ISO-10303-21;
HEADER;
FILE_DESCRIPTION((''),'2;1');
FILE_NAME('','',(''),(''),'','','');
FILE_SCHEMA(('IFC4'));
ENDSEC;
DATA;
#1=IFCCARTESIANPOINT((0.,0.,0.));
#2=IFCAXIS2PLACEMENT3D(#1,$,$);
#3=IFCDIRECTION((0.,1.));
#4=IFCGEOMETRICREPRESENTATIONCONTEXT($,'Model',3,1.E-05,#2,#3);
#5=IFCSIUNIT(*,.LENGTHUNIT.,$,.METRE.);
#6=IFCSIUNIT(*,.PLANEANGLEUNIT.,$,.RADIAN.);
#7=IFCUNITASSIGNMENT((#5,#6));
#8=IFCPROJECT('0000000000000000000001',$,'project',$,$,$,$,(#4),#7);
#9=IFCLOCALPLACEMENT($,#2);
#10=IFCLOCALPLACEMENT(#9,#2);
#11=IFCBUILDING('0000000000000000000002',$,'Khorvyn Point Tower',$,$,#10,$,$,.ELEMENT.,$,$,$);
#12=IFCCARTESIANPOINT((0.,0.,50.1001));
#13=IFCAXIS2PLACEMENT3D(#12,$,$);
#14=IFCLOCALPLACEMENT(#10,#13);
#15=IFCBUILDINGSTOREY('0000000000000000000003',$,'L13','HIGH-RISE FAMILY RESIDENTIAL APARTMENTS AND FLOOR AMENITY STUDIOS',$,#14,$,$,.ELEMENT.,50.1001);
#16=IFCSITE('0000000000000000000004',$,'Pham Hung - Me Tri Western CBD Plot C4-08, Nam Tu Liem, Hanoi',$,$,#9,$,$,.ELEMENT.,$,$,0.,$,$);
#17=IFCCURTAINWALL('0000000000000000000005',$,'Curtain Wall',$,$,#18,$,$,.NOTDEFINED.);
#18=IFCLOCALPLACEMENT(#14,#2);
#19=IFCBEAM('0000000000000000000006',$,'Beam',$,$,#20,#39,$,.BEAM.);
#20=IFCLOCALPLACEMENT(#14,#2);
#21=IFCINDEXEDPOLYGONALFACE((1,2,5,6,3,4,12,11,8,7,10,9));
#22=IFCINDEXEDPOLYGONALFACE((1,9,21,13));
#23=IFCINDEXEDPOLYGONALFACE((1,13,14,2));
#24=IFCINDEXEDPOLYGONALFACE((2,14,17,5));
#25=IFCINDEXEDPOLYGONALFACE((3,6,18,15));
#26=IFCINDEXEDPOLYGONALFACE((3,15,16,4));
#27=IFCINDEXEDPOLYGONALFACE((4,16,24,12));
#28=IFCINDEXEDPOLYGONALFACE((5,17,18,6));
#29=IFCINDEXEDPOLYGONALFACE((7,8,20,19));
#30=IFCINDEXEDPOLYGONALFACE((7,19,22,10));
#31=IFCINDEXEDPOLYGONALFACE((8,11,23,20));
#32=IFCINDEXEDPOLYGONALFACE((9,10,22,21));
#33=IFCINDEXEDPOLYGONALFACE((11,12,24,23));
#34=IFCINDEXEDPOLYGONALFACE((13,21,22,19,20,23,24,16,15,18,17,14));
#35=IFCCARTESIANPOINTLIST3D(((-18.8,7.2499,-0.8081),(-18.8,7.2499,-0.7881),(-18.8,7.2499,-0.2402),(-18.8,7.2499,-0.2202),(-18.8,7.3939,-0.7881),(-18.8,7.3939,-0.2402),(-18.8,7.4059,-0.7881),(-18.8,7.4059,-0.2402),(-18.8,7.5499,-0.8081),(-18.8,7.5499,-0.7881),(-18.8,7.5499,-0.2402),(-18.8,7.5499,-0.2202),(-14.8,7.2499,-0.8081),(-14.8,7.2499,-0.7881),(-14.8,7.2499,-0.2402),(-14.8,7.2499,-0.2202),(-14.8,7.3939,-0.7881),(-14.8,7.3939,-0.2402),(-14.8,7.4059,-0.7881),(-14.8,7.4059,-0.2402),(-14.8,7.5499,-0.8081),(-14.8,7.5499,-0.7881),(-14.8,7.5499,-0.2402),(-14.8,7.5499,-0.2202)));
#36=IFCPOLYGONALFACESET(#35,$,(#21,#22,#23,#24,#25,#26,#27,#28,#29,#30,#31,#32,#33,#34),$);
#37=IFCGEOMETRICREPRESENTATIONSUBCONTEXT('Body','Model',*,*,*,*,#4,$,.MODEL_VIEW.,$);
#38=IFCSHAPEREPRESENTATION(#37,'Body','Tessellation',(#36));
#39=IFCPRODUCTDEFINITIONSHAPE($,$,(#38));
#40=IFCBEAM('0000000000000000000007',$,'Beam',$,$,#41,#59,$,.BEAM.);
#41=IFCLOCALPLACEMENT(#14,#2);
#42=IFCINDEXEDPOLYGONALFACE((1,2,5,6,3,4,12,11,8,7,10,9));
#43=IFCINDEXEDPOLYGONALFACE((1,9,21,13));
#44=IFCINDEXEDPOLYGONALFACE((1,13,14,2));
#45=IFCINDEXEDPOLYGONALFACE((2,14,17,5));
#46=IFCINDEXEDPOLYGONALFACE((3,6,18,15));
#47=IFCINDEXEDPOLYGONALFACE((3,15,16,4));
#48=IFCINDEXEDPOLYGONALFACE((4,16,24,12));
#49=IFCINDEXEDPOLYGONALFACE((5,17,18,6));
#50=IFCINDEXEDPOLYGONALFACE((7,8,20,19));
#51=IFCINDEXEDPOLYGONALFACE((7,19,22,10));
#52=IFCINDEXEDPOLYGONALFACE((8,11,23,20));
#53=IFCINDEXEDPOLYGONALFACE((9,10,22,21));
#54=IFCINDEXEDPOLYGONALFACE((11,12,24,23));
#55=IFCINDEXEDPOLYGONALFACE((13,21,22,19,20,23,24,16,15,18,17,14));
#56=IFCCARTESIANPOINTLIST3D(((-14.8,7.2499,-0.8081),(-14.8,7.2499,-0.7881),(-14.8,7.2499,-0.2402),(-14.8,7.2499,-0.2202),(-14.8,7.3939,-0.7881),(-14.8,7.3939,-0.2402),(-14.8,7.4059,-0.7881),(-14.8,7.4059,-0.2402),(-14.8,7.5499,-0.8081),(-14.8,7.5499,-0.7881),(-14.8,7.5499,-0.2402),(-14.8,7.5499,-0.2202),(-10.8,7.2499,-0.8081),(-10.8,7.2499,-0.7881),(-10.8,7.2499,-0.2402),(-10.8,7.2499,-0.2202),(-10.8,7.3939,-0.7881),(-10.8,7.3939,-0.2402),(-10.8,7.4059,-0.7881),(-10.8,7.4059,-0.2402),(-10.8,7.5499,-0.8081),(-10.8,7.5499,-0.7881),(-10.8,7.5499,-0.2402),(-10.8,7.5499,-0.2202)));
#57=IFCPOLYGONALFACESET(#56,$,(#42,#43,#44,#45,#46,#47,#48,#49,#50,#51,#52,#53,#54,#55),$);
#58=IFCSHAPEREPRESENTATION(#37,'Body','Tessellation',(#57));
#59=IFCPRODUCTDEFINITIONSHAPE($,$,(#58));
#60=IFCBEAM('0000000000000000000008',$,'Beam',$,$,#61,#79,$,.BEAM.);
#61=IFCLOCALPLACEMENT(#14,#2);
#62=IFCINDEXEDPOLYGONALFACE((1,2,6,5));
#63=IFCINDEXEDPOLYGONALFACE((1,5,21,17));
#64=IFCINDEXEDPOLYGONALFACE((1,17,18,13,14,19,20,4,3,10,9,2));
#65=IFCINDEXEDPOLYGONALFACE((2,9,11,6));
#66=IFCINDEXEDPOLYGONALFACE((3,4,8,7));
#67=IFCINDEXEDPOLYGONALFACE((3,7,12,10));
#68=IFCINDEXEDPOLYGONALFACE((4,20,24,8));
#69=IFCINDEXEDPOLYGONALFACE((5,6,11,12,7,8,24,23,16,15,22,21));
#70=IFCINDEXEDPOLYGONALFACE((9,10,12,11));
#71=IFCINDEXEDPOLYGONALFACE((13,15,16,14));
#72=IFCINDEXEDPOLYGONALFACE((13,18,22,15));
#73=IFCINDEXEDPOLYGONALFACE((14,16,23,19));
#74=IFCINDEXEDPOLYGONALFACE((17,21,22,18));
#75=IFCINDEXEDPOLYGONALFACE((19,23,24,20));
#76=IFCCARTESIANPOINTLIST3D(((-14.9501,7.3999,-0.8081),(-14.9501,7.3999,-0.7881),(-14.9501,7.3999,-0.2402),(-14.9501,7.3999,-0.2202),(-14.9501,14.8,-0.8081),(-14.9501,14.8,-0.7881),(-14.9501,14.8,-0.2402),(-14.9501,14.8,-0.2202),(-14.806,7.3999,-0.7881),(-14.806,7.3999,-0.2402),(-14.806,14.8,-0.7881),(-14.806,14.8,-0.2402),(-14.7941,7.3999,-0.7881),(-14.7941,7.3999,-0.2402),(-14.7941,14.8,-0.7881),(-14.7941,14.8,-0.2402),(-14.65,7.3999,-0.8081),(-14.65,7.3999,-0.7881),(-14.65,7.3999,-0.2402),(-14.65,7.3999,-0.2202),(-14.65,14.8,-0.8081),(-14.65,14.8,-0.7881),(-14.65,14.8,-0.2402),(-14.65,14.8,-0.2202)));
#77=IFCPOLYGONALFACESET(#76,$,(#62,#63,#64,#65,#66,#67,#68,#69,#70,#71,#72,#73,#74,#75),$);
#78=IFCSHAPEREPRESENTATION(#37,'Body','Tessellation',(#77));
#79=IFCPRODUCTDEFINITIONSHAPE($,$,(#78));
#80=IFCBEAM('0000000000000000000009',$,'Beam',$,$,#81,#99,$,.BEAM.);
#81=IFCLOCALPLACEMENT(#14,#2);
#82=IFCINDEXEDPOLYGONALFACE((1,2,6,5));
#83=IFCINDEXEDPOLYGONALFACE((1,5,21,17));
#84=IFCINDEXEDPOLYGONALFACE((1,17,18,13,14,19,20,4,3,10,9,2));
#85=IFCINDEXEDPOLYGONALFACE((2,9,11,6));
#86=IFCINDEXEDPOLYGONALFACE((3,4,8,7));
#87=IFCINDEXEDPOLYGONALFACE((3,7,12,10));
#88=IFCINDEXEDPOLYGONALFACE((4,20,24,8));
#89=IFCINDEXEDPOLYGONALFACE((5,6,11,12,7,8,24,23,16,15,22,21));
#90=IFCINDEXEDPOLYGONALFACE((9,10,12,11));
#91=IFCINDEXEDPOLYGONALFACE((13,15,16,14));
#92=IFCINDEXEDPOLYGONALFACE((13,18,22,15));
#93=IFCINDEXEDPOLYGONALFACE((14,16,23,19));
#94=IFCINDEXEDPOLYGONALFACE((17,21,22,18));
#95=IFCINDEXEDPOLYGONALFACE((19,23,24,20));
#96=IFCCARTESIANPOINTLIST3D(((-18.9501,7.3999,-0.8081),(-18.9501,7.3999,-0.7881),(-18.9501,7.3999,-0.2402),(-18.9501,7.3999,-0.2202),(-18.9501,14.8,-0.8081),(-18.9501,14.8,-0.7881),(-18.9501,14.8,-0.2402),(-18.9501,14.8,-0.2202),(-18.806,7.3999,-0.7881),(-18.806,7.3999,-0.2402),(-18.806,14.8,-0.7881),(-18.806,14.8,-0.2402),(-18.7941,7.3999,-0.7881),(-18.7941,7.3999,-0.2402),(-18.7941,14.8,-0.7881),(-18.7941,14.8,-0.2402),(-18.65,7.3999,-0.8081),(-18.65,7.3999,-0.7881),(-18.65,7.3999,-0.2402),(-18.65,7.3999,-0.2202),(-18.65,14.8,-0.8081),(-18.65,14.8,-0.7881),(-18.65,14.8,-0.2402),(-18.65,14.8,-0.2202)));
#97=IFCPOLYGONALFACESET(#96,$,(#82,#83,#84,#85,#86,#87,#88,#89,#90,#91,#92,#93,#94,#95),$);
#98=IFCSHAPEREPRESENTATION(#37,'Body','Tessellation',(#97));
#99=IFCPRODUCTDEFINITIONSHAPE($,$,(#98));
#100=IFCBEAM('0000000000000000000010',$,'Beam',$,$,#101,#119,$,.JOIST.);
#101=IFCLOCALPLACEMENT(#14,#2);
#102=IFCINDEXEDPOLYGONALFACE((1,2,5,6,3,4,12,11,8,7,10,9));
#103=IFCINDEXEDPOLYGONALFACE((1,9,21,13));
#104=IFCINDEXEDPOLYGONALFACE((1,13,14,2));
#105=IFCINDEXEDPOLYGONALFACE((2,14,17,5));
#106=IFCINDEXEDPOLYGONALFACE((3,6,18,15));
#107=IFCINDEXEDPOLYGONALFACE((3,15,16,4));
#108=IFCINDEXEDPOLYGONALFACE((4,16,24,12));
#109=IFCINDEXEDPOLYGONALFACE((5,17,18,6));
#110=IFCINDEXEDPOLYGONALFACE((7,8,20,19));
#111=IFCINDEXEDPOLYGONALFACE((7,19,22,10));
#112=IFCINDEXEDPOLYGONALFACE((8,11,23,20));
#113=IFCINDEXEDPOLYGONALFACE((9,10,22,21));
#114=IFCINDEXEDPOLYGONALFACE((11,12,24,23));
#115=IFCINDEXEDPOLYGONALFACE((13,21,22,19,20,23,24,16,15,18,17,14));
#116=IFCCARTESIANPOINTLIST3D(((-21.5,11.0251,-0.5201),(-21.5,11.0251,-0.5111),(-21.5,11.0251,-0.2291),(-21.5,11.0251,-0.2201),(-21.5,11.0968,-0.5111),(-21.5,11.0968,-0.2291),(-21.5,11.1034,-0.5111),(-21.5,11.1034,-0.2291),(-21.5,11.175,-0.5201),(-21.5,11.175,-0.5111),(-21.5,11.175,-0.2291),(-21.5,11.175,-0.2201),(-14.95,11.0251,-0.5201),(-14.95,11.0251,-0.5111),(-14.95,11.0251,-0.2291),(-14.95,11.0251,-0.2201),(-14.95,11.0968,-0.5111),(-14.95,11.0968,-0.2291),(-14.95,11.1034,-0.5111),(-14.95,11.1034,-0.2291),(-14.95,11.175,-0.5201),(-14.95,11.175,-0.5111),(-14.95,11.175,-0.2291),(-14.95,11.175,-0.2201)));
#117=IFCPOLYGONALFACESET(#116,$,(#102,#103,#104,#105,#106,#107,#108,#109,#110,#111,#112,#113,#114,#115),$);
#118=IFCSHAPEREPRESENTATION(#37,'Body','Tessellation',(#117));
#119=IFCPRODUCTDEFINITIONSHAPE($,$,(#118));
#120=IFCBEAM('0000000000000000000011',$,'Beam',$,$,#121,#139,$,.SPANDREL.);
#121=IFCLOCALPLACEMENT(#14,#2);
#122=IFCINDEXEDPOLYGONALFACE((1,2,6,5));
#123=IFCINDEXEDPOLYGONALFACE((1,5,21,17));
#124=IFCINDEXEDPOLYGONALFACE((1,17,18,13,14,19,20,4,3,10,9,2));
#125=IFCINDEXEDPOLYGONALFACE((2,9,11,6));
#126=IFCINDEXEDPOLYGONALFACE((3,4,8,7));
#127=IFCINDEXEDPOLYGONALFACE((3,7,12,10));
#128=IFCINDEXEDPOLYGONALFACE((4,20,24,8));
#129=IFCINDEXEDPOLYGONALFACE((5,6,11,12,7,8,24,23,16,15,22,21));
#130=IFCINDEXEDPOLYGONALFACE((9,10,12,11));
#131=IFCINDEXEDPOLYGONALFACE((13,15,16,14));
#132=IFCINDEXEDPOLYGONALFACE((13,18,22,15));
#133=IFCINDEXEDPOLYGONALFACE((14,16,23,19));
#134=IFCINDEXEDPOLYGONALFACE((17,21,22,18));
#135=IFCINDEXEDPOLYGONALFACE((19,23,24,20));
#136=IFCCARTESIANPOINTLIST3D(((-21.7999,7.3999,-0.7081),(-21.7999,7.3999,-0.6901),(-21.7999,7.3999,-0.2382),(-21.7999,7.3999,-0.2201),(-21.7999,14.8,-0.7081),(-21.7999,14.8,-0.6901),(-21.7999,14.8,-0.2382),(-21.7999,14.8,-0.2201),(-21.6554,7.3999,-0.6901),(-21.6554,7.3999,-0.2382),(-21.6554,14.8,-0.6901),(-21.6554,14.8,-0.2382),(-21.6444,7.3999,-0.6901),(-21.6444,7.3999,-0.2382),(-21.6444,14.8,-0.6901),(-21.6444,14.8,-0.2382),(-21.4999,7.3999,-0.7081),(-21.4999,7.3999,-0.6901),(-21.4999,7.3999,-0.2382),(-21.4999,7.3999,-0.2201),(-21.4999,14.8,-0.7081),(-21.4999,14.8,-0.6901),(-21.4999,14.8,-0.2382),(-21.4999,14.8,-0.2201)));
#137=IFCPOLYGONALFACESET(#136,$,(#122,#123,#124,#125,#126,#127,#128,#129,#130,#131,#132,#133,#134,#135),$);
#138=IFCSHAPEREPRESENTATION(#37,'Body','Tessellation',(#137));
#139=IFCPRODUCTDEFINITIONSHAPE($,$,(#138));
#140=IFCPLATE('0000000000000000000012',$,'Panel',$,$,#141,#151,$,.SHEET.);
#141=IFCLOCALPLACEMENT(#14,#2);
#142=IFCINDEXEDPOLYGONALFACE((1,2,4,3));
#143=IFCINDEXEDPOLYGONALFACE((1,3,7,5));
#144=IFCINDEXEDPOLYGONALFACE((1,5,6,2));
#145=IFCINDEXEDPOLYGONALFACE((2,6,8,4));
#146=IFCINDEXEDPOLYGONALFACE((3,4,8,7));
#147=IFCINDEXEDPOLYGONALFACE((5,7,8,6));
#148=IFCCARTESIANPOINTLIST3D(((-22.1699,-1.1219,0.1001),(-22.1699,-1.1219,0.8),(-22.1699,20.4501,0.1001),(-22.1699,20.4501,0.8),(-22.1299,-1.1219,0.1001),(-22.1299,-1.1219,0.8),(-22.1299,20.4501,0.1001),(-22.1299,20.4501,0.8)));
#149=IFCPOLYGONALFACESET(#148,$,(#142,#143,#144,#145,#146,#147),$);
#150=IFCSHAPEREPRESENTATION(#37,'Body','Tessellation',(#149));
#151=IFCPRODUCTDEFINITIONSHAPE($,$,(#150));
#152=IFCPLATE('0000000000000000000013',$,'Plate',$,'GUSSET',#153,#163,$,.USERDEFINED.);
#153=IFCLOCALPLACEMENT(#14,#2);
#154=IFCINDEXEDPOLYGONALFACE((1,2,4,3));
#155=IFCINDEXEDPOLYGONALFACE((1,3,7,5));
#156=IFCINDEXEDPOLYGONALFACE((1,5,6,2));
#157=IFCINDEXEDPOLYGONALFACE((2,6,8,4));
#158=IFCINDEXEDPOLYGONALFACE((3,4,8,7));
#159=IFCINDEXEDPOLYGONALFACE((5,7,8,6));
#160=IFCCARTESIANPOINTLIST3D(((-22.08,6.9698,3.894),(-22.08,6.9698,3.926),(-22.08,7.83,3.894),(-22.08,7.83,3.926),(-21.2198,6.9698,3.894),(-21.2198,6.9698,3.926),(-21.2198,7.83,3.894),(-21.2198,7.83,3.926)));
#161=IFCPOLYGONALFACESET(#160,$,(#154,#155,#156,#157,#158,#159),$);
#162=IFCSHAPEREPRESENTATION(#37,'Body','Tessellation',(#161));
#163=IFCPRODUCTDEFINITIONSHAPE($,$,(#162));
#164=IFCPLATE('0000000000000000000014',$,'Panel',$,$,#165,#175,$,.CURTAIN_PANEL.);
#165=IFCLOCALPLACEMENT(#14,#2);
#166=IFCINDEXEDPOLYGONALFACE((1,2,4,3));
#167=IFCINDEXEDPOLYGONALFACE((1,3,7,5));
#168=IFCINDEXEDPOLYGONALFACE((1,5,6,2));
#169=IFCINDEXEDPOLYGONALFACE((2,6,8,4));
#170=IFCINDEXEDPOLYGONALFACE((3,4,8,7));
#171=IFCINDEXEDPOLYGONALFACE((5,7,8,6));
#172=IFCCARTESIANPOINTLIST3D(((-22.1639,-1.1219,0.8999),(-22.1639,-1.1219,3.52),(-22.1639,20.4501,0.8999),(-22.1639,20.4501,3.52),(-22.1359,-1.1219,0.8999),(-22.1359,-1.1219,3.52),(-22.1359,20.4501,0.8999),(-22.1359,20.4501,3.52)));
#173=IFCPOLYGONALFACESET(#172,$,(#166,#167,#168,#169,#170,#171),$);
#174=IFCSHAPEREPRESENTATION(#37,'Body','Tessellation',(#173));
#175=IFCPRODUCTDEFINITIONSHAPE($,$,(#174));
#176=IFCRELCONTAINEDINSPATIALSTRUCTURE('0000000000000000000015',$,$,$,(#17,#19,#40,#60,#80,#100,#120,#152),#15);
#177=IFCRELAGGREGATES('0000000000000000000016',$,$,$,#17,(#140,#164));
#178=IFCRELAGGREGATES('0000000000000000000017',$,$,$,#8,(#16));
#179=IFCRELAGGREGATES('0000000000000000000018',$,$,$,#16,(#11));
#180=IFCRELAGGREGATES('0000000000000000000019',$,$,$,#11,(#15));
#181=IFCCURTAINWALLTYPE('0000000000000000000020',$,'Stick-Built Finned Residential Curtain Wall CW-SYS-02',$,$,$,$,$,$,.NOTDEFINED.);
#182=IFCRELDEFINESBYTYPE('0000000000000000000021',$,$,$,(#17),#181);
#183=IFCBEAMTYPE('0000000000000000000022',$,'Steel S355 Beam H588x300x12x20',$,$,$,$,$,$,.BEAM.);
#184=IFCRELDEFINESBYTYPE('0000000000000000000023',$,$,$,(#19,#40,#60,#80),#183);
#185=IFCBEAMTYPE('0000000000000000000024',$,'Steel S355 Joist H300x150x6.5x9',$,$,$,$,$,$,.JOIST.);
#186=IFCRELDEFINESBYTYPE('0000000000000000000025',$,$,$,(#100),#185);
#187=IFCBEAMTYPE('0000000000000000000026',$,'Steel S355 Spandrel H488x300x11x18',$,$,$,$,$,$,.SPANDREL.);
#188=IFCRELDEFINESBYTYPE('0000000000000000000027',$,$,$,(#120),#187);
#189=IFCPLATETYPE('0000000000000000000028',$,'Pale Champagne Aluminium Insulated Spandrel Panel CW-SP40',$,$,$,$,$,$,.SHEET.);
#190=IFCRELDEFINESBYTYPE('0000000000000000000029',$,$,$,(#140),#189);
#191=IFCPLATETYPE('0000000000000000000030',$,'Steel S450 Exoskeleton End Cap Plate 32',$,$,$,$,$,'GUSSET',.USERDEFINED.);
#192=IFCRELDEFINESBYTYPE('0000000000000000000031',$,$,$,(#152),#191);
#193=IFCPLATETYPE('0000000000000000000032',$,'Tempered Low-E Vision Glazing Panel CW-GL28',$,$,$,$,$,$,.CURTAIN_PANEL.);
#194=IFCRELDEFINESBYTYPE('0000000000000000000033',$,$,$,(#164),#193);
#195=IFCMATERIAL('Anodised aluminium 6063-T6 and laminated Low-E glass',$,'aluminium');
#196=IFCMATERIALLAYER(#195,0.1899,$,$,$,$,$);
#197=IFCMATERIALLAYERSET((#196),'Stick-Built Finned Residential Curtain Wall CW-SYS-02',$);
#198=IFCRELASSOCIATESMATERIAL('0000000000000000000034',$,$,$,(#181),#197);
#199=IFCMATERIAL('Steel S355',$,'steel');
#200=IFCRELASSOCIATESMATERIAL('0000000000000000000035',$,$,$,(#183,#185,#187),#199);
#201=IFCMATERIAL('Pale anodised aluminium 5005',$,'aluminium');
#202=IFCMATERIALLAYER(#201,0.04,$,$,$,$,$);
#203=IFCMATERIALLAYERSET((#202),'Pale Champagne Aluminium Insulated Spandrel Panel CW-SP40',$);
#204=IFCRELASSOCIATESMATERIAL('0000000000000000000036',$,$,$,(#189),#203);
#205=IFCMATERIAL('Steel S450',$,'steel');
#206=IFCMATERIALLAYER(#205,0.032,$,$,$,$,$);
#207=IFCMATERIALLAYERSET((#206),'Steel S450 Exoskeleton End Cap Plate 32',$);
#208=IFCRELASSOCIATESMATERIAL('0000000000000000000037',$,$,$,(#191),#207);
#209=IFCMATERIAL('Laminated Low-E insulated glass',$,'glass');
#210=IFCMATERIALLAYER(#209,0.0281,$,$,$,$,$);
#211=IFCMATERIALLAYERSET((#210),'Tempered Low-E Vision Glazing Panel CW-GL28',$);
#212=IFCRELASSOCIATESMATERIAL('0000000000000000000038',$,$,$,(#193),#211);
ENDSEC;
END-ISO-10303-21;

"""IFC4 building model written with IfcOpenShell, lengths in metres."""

from ifc_helpers import new_model, si_unit, direction, frame, origin, origin_2d, place, context, subcontext, project, spatial, rectangle, i_section, extrude, material, layer, layer_set, material_profile, profile_set, type_object, element, aggregate, save


model = new_model("IFC4")

# Units and contexts
model_context = context("Model", 3, precision=1e-05, world=origin(), true_north=direction((0.0, 1.0)))
body_context = subcontext(model_context, "Body", "Model", "MODEL_VIEW")
ifc_project = project(units=[si_unit("LENGTHUNIT", "METRE"), si_unit("PLANEANGLEUNIT", "RADIAN")], contexts=[model_context])

# Site, building, storey
site_placement = place(None, origin())
site = spatial("IfcSite", under=ifc_project, at=site_placement, Name="Pham Hung - Me Tri Western CBD Plot C4-08, Nam Tu Liem, Hanoi", CompositionType="ELEMENT", RefElevation=0.0)
building_placement = place(site_placement, origin())
building = spatial("IfcBuilding", under=site, at=building_placement, Name="Khorvyn Point Tower", CompositionType="ELEMENT")
storey_placement = place(building_placement, frame((0.0, 0.0, 50.1001)))
storey = spatial("IfcBuildingStorey", under=building, at=storey_placement, Name="L13", Description="HIGH-RISE FAMILY RESIDENTIAL APARTMENTS AND FLOOR AMENITY STUDIOS", CompositionType="ELEMENT", Elevation=50.1001)

# Shared definitions
ifc_material_1 = material(Name="Steel S450", Category="steel")

# Curtain wall
ifc_material_2 = material(Name="Anodised aluminium 6063-T6 and laminated Low-E glass", Category="aluminium")
ifc_layer_1 = layer(ifc_material_2, 0.1899)
ifc_layer_set_1 = layer_set([ifc_layer_1], Name="Stick-Built Finned Residential Curtain Wall CW-SYS-02")
curtain_wall_type = type_object("IfcCurtainWallType", Name="Stick-Built Finned Residential Curtain Wall CW-SYS-02", PredefinedType="NOTDEFINED", material=ifc_layer_set_1)
curtain_wall_placement = place(storey_placement, origin())
curtain_wall = element("IfcCurtainWall", 1, at=curtain_wall_placement, inside=storey, type_object=curtain_wall_type, Name="Curtain Wall", PredefinedType="NOTDEFINED")

# Beams
ifc_material_3 = material(Name="Steel S355", Category="steel")
ifc_material_profile_1 = material_profile(ifc_material_3, i_section(OverallWidth=0.3, OverallDepth=0.5879, WebThickness=0.012, FlangeThickness=0.02, at=origin_2d()))
ifc_profile_set_1 = profile_set([ifc_material_profile_1], Name="Steel S355 H588x300x12x20")
beam_type_1 = type_object("IfcBeamType", Name="Steel S355 Beam H588x300x12x20", PredefinedType="BEAM", material=ifc_profile_set_1)
for number, where, z_axis, x_axis, name in (
    (2, (-18.8, 7.3999, -0.5142), (1.0, 0.0, 0.0), (0.0, 1.0, 0.0), "Beam"),
    (3, (-14.8, 7.3999, -0.5142), (1.0, 0.0, 0.0), (0.0, 1.0, 0.0), "Beam"),
):
    element("IfcBeam", number, at=place(storey_placement, frame(where, z_axis=z_axis, x_axis=x_axis)), inside=storey, type_object=beam_type_1, Name=name, PredefinedType="BEAM", context=body_context, shape_type="SweptSolid", body=[
        extrude(i_section(OverallWidth=0.3, OverallDepth=0.5879, WebThickness=0.012, FlangeThickness=0.02, at=origin_2d()), origin(), (0.0, 0.0, 1.0), 4.0),
    ])
for number, where, z_axis, x_axis, name in (
    (4, (-14.8, 7.3999, -0.5142), (0.0, 1.0, 0.0), (-1.0, 0.0, 0.0), "Beam"),
    (5, (-18.8, 7.3999, -0.5142), (0.0, 1.0, 0.0), (-1.0, 0.0, 0.0), "Beam"),
):
    element("IfcBeam", number, at=place(storey_placement, frame(where, z_axis=z_axis, x_axis=x_axis)), inside=storey, type_object=beam_type_1, Name=name, PredefinedType="BEAM", context=body_context, shape_type="SweptSolid", body=[
        extrude(i_section(OverallWidth=0.3, OverallDepth=0.5879, WebThickness=0.012, FlangeThickness=0.02, at=origin_2d()), origin(), (0.0, 0.0, 1.0), 7.4001),
    ])
ifc_material_profile_2 = material_profile(ifc_material_3, i_section(OverallWidth=0.1499, OverallDepth=0.3, WebThickness=0.0066, FlangeThickness=0.009, at=origin_2d()))
ifc_profile_set_2 = profile_set([ifc_material_profile_2], Name="Steel S355 H300x150x6.5x9")
beam_type_2 = type_object("IfcBeamType", Name="Steel S355 Joist H300x150x6.5x9", PredefinedType="JOIST", material=ifc_profile_set_2)
beam_1_placement = place(storey_placement, frame((-21.5, 11.1001, -0.3701), z_axis=(1.0, 0.0, 0.0), x_axis=(0.0, 1.0, 0.0)))
element("IfcBeam", 6, at=beam_1_placement, inside=storey, type_object=beam_type_2, Name="Beam", PredefinedType="JOIST", context=body_context, shape_type="SweptSolid", body=[
    extrude(i_section(OverallWidth=0.1499, OverallDepth=0.3, WebThickness=0.0066, FlangeThickness=0.009, at=origin_2d()), origin(), (0.0, 0.0, 1.0), 6.55),
])
ifc_material_profile_3 = material_profile(ifc_material_3, i_section(OverallWidth=0.3, OverallDepth=0.488, WebThickness=0.011, FlangeThickness=0.0181, at=origin_2d()))
ifc_profile_set_3 = profile_set([ifc_material_profile_3], Name="Steel S355 H488x300x11x18")
beam_type_3 = type_object("IfcBeamType", Name="Steel S355 Spandrel H488x300x11x18", PredefinedType="SPANDREL", material=ifc_profile_set_3)
beam_2_placement = place(storey_placement, frame((-21.6499, 7.3999, -0.4641), z_axis=(0.0, 1.0, 0.0), x_axis=(-1.0, 0.0, 0.0)))
element("IfcBeam", 7, at=beam_2_placement, inside=storey, type_object=beam_type_3, Name="Beam", PredefinedType="SPANDREL", context=body_context, shape_type="SweptSolid", body=[
    extrude(i_section(OverallWidth=0.3, OverallDepth=0.488, WebThickness=0.011, FlangeThickness=0.0181, at=origin_2d()), origin(), (0.0, 0.0, 1.0), 7.4001),
])

# Plates
ifc_material_4 = material(Name="Pale anodised aluminium 5005", Category="aluminium")
ifc_layer_2 = layer(ifc_material_4, 0.04)
ifc_layer_set_2 = layer_set([ifc_layer_2], Name="Pale Champagne Aluminium Insulated Spandrel Panel CW-SP40")
plate_type_1 = type_object("IfcPlateType", Name="Pale Champagne Aluminium Insulated Spandrel Panel CW-SP40", PredefinedType="SHEET", material=ifc_layer_set_2)
plate_1_placement = place(storey_placement, frame((-22.1499, 9.6641, 0.1001), z_axis=(0.0, 0.0, 1.0), x_axis=(0.0, 1.0, 0.0)))
plate_1 = element("IfcPlate", 8, at=plate_1_placement, type_object=plate_type_1, Name="Panel", PredefinedType="SHEET", context=body_context, shape_type="SweptSolid", body=[
    extrude(rectangle(XDim=21.572, YDim=0.04, at=origin_2d()), origin(), (0.0, 0.0, 1.0), 0.7),
])
ifc_layer_3 = layer(ifc_material_1, 0.032)
ifc_layer_set_3 = layer_set([ifc_layer_3], Name="Steel S450 Exoskeleton End Cap Plate 32")
plate_type_2 = type_object("IfcPlateType", Name="Steel S450 Exoskeleton End Cap Plate 32", ElementType="GUSSET", PredefinedType="USERDEFINED", material=ifc_layer_set_3)
plate_2_placement = place(storey_placement, frame((-21.6499, 7.3999, 3.894), z_axis=(0.0, 0.0, 1.0), x_axis=(1.0, 0.0, 0.0)))
element("IfcPlate", 9, at=plate_2_placement, inside=storey, type_object=plate_type_2, Name="Plate", ObjectType="GUSSET", PredefinedType="USERDEFINED", context=body_context, shape_type="SweptSolid", body=[
    extrude(rectangle(XDim=0.8601, YDim=0.8601, at=origin_2d()), origin(), (0.0, 0.0, 1.0), 0.032),
])
ifc_material_5 = material(Name="Laminated Low-E insulated glass", Category="glass")
ifc_layer_4 = layer(ifc_material_5, 0.0281)
ifc_layer_set_4 = layer_set([ifc_layer_4], Name="Tempered Low-E Vision Glazing Panel CW-GL28")
plate_type_3 = type_object("IfcPlateType", Name="Tempered Low-E Vision Glazing Panel CW-GL28", PredefinedType="CURTAIN_PANEL", material=ifc_layer_set_4)
plate_3_placement = place(storey_placement, frame((-22.1499, 9.6641, 0.8999), z_axis=(0.0, 0.0, 1.0), x_axis=(0.0, 1.0, 0.0)))
plate_3 = element("IfcPlate", 10, at=plate_3_placement, type_object=plate_type_3, Name="Panel", PredefinedType="CURTAIN_PANEL", context=body_context, shape_type="SweptSolid", body=[
    extrude(rectangle(XDim=21.572, YDim=0.0281, at=origin_2d()), origin(), (0.0, 0.0, 1.0), 2.6201),
])
aggregate(curtain_wall, [plate_1, plate_3])

save(model, "model.ifc")
